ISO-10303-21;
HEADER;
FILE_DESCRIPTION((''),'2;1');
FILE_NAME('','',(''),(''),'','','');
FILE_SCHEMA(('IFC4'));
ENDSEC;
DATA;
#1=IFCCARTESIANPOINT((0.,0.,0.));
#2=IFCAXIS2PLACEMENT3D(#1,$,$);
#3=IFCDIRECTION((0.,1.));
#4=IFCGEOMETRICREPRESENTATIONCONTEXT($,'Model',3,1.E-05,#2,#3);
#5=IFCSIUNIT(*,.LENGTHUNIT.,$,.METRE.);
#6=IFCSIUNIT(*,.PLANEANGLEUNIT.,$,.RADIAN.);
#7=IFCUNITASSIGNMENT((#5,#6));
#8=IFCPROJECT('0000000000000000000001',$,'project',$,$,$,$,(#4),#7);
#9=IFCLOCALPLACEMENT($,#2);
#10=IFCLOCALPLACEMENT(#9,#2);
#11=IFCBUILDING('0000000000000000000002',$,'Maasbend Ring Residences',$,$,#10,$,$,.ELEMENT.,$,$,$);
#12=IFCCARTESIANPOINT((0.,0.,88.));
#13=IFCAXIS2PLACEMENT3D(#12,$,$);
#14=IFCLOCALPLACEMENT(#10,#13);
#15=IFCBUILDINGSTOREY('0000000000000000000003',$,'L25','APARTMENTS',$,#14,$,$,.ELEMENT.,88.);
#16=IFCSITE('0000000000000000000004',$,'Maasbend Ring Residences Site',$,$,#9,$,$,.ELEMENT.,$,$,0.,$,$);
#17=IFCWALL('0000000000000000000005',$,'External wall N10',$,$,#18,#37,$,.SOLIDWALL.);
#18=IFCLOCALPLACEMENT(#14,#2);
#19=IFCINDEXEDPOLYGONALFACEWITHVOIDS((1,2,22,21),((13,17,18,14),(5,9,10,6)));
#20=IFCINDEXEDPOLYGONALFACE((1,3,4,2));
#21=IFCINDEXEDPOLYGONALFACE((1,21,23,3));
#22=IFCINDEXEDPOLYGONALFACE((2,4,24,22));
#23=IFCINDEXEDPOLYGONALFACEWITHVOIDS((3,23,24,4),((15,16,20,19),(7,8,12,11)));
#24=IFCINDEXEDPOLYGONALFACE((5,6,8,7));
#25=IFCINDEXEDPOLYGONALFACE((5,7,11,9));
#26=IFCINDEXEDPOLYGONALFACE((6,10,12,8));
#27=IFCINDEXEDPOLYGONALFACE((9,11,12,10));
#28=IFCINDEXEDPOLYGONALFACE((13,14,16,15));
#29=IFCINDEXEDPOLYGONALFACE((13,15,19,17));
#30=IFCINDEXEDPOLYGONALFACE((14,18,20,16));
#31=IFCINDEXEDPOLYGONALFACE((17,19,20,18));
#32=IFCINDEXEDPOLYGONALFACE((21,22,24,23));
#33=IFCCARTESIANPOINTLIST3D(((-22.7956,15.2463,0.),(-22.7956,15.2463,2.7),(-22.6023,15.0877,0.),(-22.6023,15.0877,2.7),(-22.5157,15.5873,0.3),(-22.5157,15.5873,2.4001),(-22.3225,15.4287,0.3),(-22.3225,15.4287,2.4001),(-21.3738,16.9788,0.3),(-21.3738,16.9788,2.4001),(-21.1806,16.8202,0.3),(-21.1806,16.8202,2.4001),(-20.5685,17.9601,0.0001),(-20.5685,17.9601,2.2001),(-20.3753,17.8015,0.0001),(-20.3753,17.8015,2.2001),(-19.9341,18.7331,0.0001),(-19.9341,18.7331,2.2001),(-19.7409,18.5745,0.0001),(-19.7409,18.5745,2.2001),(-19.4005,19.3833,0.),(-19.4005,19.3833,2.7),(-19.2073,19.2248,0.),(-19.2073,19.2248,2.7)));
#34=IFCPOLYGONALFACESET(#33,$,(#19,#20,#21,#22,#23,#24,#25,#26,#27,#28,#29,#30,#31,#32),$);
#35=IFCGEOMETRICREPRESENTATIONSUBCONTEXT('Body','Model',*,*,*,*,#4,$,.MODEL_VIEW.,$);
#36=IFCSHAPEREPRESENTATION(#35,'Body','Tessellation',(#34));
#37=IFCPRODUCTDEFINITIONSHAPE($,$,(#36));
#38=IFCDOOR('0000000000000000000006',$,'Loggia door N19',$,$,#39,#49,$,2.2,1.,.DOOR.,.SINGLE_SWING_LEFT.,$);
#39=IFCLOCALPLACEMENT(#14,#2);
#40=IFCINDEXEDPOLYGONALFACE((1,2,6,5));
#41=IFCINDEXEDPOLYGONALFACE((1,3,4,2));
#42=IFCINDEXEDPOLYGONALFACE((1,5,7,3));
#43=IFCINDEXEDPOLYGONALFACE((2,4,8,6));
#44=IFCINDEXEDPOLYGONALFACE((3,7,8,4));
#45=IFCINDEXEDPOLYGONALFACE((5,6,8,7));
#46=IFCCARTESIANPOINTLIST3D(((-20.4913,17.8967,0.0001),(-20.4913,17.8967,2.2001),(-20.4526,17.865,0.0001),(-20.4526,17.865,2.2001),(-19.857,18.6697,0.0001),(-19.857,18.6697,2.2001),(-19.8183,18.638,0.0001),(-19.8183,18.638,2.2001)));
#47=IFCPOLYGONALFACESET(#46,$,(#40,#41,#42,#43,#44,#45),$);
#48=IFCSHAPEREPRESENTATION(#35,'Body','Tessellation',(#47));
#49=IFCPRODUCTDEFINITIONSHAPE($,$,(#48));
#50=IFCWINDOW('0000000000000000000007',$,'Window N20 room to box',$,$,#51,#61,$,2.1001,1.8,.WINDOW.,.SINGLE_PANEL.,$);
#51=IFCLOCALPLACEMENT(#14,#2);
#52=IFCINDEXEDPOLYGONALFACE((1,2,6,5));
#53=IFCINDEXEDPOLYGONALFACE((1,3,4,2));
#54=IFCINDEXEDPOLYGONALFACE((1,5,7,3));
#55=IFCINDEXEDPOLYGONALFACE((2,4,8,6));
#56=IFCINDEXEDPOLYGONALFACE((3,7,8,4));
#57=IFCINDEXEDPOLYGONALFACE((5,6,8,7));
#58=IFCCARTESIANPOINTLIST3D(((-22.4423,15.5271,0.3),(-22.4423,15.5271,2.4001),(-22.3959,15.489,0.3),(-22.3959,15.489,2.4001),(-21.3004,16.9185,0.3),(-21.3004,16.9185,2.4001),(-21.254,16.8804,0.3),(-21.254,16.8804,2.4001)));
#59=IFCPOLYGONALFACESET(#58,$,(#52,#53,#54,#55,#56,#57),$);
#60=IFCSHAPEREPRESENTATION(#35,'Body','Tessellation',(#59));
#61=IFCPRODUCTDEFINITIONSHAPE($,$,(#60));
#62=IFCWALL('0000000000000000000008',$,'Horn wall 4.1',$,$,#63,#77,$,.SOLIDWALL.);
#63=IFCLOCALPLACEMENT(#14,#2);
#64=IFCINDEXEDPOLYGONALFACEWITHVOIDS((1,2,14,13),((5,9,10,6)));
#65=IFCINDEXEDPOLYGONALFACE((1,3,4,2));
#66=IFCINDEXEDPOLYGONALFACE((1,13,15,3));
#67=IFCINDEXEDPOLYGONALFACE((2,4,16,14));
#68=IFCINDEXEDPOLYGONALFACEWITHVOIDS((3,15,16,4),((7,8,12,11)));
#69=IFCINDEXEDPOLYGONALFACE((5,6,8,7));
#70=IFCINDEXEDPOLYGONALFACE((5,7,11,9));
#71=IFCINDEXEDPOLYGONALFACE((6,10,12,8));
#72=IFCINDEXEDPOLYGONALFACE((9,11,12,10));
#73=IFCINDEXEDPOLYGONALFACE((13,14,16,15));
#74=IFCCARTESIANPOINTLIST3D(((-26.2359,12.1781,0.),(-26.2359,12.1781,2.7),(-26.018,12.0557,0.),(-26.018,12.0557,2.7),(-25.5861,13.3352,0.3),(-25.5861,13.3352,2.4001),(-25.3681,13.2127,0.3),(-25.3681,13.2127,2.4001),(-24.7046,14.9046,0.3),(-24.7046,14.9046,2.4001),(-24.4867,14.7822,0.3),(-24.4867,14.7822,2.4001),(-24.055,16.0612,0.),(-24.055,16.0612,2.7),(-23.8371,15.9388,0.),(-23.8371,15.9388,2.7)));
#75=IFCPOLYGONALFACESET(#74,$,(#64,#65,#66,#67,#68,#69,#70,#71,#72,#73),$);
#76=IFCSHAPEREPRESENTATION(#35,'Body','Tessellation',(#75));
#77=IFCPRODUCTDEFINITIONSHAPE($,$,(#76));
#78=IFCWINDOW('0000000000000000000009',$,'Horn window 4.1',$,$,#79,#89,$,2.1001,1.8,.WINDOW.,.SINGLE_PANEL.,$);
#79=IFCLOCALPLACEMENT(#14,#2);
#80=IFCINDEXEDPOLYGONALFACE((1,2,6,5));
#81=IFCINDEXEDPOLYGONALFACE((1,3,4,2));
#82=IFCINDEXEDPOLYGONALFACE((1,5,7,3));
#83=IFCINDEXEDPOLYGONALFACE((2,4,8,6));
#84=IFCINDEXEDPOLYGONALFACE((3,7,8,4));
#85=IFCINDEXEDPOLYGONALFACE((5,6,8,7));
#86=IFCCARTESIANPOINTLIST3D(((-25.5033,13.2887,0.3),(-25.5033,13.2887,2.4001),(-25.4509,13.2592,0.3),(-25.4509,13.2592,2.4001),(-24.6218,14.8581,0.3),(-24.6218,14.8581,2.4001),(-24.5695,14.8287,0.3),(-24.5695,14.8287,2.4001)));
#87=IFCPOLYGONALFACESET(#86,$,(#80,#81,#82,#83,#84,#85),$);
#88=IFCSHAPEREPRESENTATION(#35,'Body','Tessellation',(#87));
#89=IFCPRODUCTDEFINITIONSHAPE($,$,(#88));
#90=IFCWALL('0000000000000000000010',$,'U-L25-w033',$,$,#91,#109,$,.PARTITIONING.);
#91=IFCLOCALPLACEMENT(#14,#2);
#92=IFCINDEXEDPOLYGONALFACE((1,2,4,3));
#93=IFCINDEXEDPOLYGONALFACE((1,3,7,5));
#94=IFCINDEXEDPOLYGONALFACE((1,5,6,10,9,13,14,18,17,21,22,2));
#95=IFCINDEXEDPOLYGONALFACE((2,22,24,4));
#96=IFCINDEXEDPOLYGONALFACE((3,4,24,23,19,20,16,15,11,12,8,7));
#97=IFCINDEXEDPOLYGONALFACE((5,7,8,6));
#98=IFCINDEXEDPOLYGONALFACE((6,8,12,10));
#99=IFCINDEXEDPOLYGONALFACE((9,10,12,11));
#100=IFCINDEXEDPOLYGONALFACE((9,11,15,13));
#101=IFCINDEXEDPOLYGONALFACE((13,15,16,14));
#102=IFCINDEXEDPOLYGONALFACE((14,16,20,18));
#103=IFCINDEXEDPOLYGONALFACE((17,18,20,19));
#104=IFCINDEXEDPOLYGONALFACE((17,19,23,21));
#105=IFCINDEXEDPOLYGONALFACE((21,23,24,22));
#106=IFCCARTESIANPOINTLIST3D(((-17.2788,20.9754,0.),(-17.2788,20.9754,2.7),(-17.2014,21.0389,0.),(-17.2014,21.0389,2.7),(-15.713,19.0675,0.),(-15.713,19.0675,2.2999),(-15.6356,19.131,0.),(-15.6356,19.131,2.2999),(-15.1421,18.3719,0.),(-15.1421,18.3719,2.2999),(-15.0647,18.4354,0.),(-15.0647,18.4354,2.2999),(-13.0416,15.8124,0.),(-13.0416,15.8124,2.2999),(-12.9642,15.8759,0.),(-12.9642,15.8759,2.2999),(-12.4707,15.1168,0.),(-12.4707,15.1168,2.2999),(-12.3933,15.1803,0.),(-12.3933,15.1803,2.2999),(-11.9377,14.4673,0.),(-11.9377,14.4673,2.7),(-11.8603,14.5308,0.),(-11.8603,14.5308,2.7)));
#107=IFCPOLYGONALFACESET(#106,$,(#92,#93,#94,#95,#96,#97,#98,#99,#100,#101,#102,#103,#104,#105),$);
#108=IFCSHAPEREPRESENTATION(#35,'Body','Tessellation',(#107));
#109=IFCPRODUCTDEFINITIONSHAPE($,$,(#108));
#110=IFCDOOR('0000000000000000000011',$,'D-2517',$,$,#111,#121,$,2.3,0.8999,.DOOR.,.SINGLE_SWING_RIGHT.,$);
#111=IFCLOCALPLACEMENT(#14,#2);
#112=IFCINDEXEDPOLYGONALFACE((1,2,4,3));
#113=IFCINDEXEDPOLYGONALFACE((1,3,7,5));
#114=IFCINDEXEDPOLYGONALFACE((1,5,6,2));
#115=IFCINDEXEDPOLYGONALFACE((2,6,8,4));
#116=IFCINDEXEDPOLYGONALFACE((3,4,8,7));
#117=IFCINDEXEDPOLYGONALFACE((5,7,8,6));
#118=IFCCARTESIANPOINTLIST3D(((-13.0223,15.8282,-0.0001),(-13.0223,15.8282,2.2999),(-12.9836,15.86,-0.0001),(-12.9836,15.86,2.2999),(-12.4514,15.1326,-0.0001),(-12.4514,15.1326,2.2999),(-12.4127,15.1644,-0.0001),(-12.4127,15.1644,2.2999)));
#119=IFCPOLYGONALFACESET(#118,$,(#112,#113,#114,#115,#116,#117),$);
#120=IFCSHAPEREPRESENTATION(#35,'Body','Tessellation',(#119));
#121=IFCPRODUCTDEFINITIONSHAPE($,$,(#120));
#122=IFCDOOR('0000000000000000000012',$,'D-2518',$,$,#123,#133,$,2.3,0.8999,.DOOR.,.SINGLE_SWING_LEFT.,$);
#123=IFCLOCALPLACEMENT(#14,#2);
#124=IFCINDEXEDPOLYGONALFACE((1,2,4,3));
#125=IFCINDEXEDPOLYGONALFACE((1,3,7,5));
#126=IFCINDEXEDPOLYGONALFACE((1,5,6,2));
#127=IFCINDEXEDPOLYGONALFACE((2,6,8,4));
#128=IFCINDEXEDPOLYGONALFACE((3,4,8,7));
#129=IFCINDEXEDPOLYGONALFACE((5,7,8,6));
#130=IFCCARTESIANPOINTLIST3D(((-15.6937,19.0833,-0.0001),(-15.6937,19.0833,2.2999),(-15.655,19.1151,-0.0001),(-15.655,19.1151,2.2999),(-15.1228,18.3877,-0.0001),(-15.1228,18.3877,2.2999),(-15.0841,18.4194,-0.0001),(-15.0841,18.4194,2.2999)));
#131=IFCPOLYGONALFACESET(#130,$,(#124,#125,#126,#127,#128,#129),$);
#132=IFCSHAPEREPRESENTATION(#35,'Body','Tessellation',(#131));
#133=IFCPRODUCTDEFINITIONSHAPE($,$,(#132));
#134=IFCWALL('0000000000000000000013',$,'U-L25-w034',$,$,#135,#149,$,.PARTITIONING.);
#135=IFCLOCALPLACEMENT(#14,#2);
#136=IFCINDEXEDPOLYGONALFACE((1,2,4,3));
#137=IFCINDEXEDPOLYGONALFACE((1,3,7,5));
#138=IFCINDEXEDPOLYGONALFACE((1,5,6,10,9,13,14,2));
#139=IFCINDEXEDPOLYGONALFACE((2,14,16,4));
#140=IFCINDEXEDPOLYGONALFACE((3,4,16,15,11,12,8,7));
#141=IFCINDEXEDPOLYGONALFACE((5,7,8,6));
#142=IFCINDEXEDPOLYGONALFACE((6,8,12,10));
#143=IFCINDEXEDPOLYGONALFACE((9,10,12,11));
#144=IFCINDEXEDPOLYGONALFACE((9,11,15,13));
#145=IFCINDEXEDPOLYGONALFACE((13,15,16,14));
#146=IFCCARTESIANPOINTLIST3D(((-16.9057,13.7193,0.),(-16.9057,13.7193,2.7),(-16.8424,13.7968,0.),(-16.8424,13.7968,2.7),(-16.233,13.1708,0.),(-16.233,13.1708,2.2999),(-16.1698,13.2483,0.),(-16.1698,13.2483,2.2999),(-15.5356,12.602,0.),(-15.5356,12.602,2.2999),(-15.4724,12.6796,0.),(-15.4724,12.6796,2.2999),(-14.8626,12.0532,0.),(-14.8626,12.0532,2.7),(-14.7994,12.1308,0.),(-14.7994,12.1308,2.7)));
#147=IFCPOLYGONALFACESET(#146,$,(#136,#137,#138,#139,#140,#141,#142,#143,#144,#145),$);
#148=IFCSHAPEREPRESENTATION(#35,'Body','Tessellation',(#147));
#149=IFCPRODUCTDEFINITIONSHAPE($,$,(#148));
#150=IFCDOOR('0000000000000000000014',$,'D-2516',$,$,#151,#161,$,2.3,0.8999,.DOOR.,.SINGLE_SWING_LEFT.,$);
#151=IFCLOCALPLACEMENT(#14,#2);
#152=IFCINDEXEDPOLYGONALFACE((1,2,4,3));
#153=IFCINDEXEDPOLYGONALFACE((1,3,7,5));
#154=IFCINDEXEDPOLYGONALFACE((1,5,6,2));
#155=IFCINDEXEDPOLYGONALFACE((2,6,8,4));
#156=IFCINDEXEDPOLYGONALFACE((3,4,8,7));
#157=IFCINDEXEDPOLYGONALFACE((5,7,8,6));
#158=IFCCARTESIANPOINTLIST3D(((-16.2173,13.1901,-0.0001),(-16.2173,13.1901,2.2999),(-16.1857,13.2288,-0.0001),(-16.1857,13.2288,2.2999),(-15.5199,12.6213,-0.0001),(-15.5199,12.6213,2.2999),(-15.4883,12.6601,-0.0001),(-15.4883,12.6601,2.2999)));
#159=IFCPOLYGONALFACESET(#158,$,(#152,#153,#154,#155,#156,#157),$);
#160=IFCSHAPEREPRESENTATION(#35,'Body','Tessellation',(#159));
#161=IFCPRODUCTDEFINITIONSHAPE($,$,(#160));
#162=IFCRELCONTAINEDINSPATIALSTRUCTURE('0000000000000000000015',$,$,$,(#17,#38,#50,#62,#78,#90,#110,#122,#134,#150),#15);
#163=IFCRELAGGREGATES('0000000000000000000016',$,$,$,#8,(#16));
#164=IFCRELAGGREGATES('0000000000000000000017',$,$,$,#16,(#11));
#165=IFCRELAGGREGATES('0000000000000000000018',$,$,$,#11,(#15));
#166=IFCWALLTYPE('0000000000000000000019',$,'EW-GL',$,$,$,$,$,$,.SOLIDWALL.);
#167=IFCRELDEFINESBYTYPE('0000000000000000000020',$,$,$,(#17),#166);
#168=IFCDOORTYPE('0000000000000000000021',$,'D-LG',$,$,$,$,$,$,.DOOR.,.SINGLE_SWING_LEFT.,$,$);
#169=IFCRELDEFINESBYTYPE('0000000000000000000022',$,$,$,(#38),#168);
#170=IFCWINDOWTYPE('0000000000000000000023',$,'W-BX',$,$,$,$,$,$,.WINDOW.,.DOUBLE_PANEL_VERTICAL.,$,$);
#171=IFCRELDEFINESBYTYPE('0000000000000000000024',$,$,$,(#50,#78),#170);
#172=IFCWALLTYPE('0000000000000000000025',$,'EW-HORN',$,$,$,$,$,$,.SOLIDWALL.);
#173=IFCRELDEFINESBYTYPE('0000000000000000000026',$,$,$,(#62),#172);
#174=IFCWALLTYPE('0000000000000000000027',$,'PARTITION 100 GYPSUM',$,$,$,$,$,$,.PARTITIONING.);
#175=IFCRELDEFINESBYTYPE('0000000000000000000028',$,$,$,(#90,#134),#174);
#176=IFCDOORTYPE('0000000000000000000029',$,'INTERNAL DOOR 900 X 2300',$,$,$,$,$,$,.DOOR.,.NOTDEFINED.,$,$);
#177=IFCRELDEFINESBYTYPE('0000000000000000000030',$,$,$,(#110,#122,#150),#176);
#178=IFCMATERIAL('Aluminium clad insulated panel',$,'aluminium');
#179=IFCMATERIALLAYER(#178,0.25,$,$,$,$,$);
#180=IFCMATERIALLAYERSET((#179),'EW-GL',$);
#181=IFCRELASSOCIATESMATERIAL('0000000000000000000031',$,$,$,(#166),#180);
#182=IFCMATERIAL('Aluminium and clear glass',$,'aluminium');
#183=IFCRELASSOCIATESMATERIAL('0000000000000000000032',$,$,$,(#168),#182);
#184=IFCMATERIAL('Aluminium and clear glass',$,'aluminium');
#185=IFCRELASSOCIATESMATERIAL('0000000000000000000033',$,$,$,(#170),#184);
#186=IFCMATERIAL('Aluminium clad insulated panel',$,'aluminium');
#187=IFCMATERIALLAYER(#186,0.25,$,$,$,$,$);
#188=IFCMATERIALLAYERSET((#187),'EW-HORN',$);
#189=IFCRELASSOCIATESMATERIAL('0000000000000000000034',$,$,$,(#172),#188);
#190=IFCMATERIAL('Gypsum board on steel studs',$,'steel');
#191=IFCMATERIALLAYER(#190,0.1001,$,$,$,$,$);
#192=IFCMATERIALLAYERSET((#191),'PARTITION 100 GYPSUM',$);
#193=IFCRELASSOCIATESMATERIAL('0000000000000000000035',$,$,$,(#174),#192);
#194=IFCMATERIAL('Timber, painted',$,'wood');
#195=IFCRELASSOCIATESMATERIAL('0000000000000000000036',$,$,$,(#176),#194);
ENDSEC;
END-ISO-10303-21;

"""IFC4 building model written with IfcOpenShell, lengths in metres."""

from ifc_helpers import new_model, si_unit, direction, frame, frame_2d, origin, place, context, subcontext, project, spatial, rectangle, extrude, material, layer, layer_set, type_object, element, fill, save


model = new_model("IFC4")

# Units and contexts
model_context = context("Model", 3, precision=1e-05, world=origin(), true_north=direction((0.0, 1.0)))
body_context = subcontext(model_context, "Body", "Model", "MODEL_VIEW")
ifc_project = project(units=[si_unit("LENGTHUNIT", "METRE"), si_unit("PLANEANGLEUNIT", "RADIAN")], contexts=[model_context])

# Site, building, storey
site_placement = place(None, origin())
site = spatial("IfcSite", under=ifc_project, at=site_placement, Name="Maasbend Ring Residences Site", CompositionType="ELEMENT", RefElevation=0.0)
building_placement = place(site_placement, origin())
building = spatial("IfcBuilding", under=site, at=building_placement, Name="Maasbend Ring Residences", CompositionType="ELEMENT")
storey_placement = place(building_placement, frame((0.0, 0.0, 88.0)))
storey = spatial("IfcBuildingStorey", under=building, at=storey_placement, Name="L25", Description="APARTMENTS", CompositionType="ELEMENT", Elevation=88.0)

# Wall, openings, door, window
ifc_material_1 = material(Name="Aluminium clad insulated panel", Category="aluminium")
ifc_layer_1 = layer(ifc_material_1, 0.25)
ifc_layer_set_1 = layer_set([ifc_layer_1], Name="EW-GL")
wall_type_1 = type_object("IfcWallType", Name="EW-GL", PredefinedType="SOLIDWALL", material=ifc_layer_set_1)
wall_1_placement = place(storey_placement, frame((-19.304, 19.304, 0.0), z_axis=(0.0, 0.0, 1.0), x_axis=(-0.634382, -0.773019, 0.0)))
wall_1 = element("IfcWall", 1, at=wall_1_placement, inside=storey, type_object=wall_type_1, Name="External wall N10", PredefinedType="SOLIDWALL", context=body_context, shape_type="SweptSolid", body=[
    extrude(rectangle(XDim=5.3518, YDim=0.25, at=frame_2d((2.6758, 0.0))), origin(), (0.0, 0.0, 1.0), 2.7),
])
opening_1_placement = place(wall_1_placement, frame((0.8411, 0.0, 0.0)))
opening_1 = element("IfcOpeningElement", 2, at=opening_1_placement, cuts=wall_1, PredefinedType="OPENING", context=body_context, shape_type="SweptSolid", body=[
    extrude(rectangle(XDim=1.0, YDim=2.2, at=frame_2d((0.5, 1.1001))), frame((0.0, 0.135, 0.0), z_axis=(0.0, -1.0, 0.0), x_axis=(1.0, 0.0, 0.0)), (0.0, 0.0, 1.0), 0.27),
])
opening_2_placement = place(wall_1_placement, frame((3.1106, 0.0, 0.3)))
opening_2 = element("IfcOpeningElement", 3, at=opening_2_placement, cuts=wall_1, PredefinedType="OPENING", context=body_context, shape_type="SweptSolid", body=[
    extrude(rectangle(XDim=1.8, YDim=2.1001, at=frame_2d((0.8999, 1.05))), frame((0.0, 0.135, 0.0), z_axis=(0.0, -1.0, 0.0), x_axis=(1.0, 0.0, 0.0)), (0.0, 0.0, 1.0), 0.27),
])
ifc_material_2 = material(Name="Aluminium and clear glass", Category="aluminium")
door_type_1 = type_object("IfcDoorType", Name="D-LG", OperationType="SINGLE_SWING_LEFT", PredefinedType="DOOR", material=ifc_material_2)
door_1_placement = place(opening_1_placement, origin())
door_1 = element("IfcDoor", 4, at=door_1_placement, inside=storey, type_object=door_type_1, Name="Loggia door N19", OperationType="SINGLE_SWING_LEFT", OverallHeight=2.2, OverallWidth=1.0, PredefinedType="DOOR", context=body_context, shape_type="SweptSolid", body=[
    extrude(rectangle(XDim=1.0, YDim=2.2, at=frame_2d((0.5, 1.1001))), frame((0.0, 0.0249, 0.0), z_axis=(0.0, -1.0, 0.0), x_axis=(1.0, 0.0, 0.0)), (0.0, 0.0, 1.0), 0.05),
])
fill(opening_1, door_1)
ifc_material_3 = material(Name="Aluminium and clear glass", Category="aluminium")
window_type_1 = type_object("IfcWindowType", Name="W-BX", PartitioningType="DOUBLE_PANEL_VERTICAL", PredefinedType="WINDOW", material=ifc_material_3)
window_1_placement = place(opening_2_placement, origin())
window_1 = element("IfcWindow", 5, at=window_1_placement, inside=storey, type_object=window_type_1, Name="Window N20 room to box", OverallHeight=2.1001, OverallWidth=1.8, PartitioningType="SINGLE_PANEL", PredefinedType="WINDOW", context=body_context, shape_type="SweptSolid", body=[
    extrude(rectangle(XDim=1.8, YDim=2.1001, at=frame_2d((0.8999, 1.05))), frame((0.0, 0.03, 0.0), z_axis=(0.0, -1.0, 0.0), x_axis=(1.0, 0.0, 0.0)), (0.0, 0.0, 1.0), 0.0601),
])
fill(opening_2, window_1)

# Wall, opening, window
ifc_material_4 = material(Name="Aluminium clad insulated panel", Category="aluminium")
ifc_layer_2 = layer(ifc_material_4, 0.25)
ifc_layer_set_2 = layer_set([ifc_layer_2], Name="EW-HORN")
wall_type_2 = type_object("IfcWallType", Name="EW-HORN", PredefinedType="SOLIDWALL", material=ifc_layer_set_2)
wall_2_placement = place(storey_placement, frame((-23.946, 16.0, 0.0), z_axis=(0.0, 0.0, 1.0), x_axis=(-0.489696, -0.871893, 0.0)))
wall_2 = element("IfcWall", 6, at=wall_2_placement, inside=storey, type_object=wall_type_2, Name="Horn wall 4.1", PredefinedType="SOLIDWALL", context=body_context, shape_type="SweptSolid", body=[
    extrude(rectangle(XDim=4.4536, YDim=0.25, at=frame_2d((2.2268, 0.0))), origin(), (0.0, 0.0, 1.0), 2.7),
])
opening_3_placement = place(wall_2_placement, frame((1.3267, 0.0, 0.3)))
opening_3 = element("IfcOpeningElement", 7, at=opening_3_placement, cuts=wall_2, PredefinedType="OPENING", context=body_context, shape_type="SweptSolid", body=[
    extrude(rectangle(XDim=1.8, YDim=2.1001, at=frame_2d((0.8999, 1.05))), frame((0.0, 0.135, 0.0), z_axis=(0.0, -1.0, 0.0), x_axis=(1.0, 0.0, 0.0)), (0.0, 0.0, 1.0), 0.27),
])
window_2_placement = place(opening_3_placement, origin())
window_2 = element("IfcWindow", 8, at=window_2_placement, inside=storey, type_object=window_type_1, Name="Horn window 4.1", OverallHeight=2.1001, OverallWidth=1.8, PartitioningType="SINGLE_PANEL", PredefinedType="WINDOW", context=body_context, shape_type="SweptSolid", body=[
    extrude(rectangle(XDim=1.8, YDim=2.1001, at=frame_2d((0.8999, 1.05))), frame((0.0, 0.03, 0.0), z_axis=(0.0, -1.0, 0.0), x_axis=(1.0, 0.0, 0.0)), (0.0, 0.0, 1.0), 0.0601),
])
fill(opening_3, window_2)

# Wall, openings, doors
ifc_material_5 = material(Name="Gypsum board on steel studs", Category="steel")
ifc_layer_3 = layer(ifc_material_5, 0.1001)
ifc_layer_set_3 = layer_set([ifc_layer_3], Name="PARTITION 100 GYPSUM")
wall_type_3 = type_object("IfcWallType", Name="PARTITION 100 GYPSUM", PredefinedType="PARTITIONING", material=ifc_layer_set_3)
wall_3_placement = place(storey_placement, frame((-17.24, 21.0071, 0.0), z_axis=(0.0, 0.0, 1.0), x_axis=(0.634396, -0.773008, 0.0)))
wall_3 = element("IfcWall", 9, at=wall_3_placement, inside=storey, type_object=wall_type_3, Name="U-L25-w033", PredefinedType="PARTITIONING", context=body_context, shape_type="SweptSolid", body=[
    extrude(rectangle(XDim=8.4192, YDim=0.1001, at=frame_2d((4.2095, 0.0))), origin(), (0.0, 0.0, 1.0), 2.7),
])
opening_4_placement = place(wall_3_placement, frame((6.679, 0.0, 0.0)))
opening_4 = element("IfcOpeningElement", 10, at=opening_4_placement, cuts=wall_3, PredefinedType="OPENING", context=body_context, shape_type="SweptSolid", body=[
    extrude(rectangle(XDim=0.8999, YDim=2.3, at=frame_2d((0.45, 1.1499))), frame((0.0, 0.0601, 0.0), z_axis=(0.0, -1.0, 0.0), x_axis=(1.0, 0.0, 0.0)), (0.0, 0.0, 1.0), 0.1201),
])
opening_5_placement = place(wall_3_placement, frame((2.468, 0.0, 0.0)))
opening_5 = element("IfcOpeningElement", 11, at=opening_5_placement, cuts=wall_3, PredefinedType="OPENING", context=body_context, shape_type="SweptSolid", body=[
    extrude(rectangle(XDim=0.8999, YDim=2.3, at=frame_2d((0.45, 1.1499))), frame((0.0, 0.0601, 0.0), z_axis=(0.0, -1.0, 0.0), x_axis=(1.0, 0.0, 0.0)), (0.0, 0.0, 1.0), 0.1201),
])
ifc_material_6 = material(Name="Timber, painted", Category="wood")
door_type_2 = type_object("IfcDoorType", Name="INTERNAL DOOR 900 X 2300", OperationType="NOTDEFINED", PredefinedType="DOOR", material=ifc_material_6)
door_2_placement = place(opening_4_placement, origin())
door_2 = element("IfcDoor", 12, at=door_2_placement, inside=storey, type_object=door_type_2, Name="D-2517", OperationType="SINGLE_SWING_RIGHT", OverallHeight=2.3, OverallWidth=0.8999, PredefinedType="DOOR", context=body_context, shape_type="SweptSolid", body=[
    extrude(rectangle(XDim=0.8999, YDim=2.3, at=frame_2d((0.45, 1.1499))), frame((0.0, 0.0249, 0.0), z_axis=(0.0, -1.0, 0.0), x_axis=(1.0, 0.0, 0.0)), (0.0, 0.0, 1.0), 0.05),
])
fill(opening_4, door_2)
door_3_placement = place(opening_5_placement, origin())
door_3 = element("IfcDoor", 13, at=door_3_placement, inside=storey, type_object=door_type_2, Name="D-2518", OperationType="SINGLE_SWING_LEFT", OverallHeight=2.3, OverallWidth=0.8999, PredefinedType="DOOR", context=body_context, shape_type="SweptSolid", body=[
    extrude(rectangle(XDim=0.8999, YDim=2.3, at=frame_2d((0.45, 1.1499))), frame((0.0, 0.0249, 0.0), z_axis=(0.0, -1.0, 0.0), x_axis=(1.0, 0.0, 0.0)), (0.0, 0.0, 1.0), 0.05),
])
fill(opening_5, door_3)

# Wall, opening, door
wall_4_placement = place(storey_placement, frame((-16.874, 13.7581, 0.0), z_axis=(0.0, 0.0, 1.0), x_axis=(0.77498, -0.631986, 0.0)))
wall_4 = element("IfcWall", 14, at=wall_4_placement, inside=storey, type_object=wall_type_3, Name="U-L25-w034", PredefinedType="PARTITIONING", context=body_context, shape_type="SweptSolid", body=[
    extrude(rectangle(XDim=2.6362, YDim=0.1001, at=frame_2d((1.3181, 0.0))), origin(), (0.0, 0.0, 1.0), 2.7),
])
opening_6_placement = place(wall_4_placement, frame((0.8679, 0.0, 0.0)))
opening_6 = element("IfcOpeningElement", 15, at=opening_6_placement, cuts=wall_4, PredefinedType="OPENING", context=body_context, shape_type="SweptSolid", body=[
    extrude(rectangle(XDim=0.8999, YDim=2.3, at=frame_2d((0.45, 1.1499))), frame((0.0, 0.0601, 0.0), z_axis=(0.0, -1.0, 0.0), x_axis=(1.0, 0.0, 0.0)), (0.0, 0.0, 1.0), 0.1201),
])
door_4_placement = place(opening_6_placement, origin())
door_4 = element("IfcDoor", 16, at=door_4_placement, inside=storey, type_object=door_type_2, Name="D-2516", OperationType="SINGLE_SWING_LEFT", OverallHeight=2.3, OverallWidth=0.8999, PredefinedType="DOOR", context=body_context, shape_type="SweptSolid", body=[
    extrude(rectangle(XDim=0.8999, YDim=2.3, at=frame_2d((0.45, 1.1499))), frame((0.0, 0.0249, 0.0), z_axis=(0.0, -1.0, 0.0), x_axis=(1.0, 0.0, 0.0)), (0.0, 0.0, 1.0), 0.05),
])
fill(opening_6, door_4)

save(model, "model.ifc")
